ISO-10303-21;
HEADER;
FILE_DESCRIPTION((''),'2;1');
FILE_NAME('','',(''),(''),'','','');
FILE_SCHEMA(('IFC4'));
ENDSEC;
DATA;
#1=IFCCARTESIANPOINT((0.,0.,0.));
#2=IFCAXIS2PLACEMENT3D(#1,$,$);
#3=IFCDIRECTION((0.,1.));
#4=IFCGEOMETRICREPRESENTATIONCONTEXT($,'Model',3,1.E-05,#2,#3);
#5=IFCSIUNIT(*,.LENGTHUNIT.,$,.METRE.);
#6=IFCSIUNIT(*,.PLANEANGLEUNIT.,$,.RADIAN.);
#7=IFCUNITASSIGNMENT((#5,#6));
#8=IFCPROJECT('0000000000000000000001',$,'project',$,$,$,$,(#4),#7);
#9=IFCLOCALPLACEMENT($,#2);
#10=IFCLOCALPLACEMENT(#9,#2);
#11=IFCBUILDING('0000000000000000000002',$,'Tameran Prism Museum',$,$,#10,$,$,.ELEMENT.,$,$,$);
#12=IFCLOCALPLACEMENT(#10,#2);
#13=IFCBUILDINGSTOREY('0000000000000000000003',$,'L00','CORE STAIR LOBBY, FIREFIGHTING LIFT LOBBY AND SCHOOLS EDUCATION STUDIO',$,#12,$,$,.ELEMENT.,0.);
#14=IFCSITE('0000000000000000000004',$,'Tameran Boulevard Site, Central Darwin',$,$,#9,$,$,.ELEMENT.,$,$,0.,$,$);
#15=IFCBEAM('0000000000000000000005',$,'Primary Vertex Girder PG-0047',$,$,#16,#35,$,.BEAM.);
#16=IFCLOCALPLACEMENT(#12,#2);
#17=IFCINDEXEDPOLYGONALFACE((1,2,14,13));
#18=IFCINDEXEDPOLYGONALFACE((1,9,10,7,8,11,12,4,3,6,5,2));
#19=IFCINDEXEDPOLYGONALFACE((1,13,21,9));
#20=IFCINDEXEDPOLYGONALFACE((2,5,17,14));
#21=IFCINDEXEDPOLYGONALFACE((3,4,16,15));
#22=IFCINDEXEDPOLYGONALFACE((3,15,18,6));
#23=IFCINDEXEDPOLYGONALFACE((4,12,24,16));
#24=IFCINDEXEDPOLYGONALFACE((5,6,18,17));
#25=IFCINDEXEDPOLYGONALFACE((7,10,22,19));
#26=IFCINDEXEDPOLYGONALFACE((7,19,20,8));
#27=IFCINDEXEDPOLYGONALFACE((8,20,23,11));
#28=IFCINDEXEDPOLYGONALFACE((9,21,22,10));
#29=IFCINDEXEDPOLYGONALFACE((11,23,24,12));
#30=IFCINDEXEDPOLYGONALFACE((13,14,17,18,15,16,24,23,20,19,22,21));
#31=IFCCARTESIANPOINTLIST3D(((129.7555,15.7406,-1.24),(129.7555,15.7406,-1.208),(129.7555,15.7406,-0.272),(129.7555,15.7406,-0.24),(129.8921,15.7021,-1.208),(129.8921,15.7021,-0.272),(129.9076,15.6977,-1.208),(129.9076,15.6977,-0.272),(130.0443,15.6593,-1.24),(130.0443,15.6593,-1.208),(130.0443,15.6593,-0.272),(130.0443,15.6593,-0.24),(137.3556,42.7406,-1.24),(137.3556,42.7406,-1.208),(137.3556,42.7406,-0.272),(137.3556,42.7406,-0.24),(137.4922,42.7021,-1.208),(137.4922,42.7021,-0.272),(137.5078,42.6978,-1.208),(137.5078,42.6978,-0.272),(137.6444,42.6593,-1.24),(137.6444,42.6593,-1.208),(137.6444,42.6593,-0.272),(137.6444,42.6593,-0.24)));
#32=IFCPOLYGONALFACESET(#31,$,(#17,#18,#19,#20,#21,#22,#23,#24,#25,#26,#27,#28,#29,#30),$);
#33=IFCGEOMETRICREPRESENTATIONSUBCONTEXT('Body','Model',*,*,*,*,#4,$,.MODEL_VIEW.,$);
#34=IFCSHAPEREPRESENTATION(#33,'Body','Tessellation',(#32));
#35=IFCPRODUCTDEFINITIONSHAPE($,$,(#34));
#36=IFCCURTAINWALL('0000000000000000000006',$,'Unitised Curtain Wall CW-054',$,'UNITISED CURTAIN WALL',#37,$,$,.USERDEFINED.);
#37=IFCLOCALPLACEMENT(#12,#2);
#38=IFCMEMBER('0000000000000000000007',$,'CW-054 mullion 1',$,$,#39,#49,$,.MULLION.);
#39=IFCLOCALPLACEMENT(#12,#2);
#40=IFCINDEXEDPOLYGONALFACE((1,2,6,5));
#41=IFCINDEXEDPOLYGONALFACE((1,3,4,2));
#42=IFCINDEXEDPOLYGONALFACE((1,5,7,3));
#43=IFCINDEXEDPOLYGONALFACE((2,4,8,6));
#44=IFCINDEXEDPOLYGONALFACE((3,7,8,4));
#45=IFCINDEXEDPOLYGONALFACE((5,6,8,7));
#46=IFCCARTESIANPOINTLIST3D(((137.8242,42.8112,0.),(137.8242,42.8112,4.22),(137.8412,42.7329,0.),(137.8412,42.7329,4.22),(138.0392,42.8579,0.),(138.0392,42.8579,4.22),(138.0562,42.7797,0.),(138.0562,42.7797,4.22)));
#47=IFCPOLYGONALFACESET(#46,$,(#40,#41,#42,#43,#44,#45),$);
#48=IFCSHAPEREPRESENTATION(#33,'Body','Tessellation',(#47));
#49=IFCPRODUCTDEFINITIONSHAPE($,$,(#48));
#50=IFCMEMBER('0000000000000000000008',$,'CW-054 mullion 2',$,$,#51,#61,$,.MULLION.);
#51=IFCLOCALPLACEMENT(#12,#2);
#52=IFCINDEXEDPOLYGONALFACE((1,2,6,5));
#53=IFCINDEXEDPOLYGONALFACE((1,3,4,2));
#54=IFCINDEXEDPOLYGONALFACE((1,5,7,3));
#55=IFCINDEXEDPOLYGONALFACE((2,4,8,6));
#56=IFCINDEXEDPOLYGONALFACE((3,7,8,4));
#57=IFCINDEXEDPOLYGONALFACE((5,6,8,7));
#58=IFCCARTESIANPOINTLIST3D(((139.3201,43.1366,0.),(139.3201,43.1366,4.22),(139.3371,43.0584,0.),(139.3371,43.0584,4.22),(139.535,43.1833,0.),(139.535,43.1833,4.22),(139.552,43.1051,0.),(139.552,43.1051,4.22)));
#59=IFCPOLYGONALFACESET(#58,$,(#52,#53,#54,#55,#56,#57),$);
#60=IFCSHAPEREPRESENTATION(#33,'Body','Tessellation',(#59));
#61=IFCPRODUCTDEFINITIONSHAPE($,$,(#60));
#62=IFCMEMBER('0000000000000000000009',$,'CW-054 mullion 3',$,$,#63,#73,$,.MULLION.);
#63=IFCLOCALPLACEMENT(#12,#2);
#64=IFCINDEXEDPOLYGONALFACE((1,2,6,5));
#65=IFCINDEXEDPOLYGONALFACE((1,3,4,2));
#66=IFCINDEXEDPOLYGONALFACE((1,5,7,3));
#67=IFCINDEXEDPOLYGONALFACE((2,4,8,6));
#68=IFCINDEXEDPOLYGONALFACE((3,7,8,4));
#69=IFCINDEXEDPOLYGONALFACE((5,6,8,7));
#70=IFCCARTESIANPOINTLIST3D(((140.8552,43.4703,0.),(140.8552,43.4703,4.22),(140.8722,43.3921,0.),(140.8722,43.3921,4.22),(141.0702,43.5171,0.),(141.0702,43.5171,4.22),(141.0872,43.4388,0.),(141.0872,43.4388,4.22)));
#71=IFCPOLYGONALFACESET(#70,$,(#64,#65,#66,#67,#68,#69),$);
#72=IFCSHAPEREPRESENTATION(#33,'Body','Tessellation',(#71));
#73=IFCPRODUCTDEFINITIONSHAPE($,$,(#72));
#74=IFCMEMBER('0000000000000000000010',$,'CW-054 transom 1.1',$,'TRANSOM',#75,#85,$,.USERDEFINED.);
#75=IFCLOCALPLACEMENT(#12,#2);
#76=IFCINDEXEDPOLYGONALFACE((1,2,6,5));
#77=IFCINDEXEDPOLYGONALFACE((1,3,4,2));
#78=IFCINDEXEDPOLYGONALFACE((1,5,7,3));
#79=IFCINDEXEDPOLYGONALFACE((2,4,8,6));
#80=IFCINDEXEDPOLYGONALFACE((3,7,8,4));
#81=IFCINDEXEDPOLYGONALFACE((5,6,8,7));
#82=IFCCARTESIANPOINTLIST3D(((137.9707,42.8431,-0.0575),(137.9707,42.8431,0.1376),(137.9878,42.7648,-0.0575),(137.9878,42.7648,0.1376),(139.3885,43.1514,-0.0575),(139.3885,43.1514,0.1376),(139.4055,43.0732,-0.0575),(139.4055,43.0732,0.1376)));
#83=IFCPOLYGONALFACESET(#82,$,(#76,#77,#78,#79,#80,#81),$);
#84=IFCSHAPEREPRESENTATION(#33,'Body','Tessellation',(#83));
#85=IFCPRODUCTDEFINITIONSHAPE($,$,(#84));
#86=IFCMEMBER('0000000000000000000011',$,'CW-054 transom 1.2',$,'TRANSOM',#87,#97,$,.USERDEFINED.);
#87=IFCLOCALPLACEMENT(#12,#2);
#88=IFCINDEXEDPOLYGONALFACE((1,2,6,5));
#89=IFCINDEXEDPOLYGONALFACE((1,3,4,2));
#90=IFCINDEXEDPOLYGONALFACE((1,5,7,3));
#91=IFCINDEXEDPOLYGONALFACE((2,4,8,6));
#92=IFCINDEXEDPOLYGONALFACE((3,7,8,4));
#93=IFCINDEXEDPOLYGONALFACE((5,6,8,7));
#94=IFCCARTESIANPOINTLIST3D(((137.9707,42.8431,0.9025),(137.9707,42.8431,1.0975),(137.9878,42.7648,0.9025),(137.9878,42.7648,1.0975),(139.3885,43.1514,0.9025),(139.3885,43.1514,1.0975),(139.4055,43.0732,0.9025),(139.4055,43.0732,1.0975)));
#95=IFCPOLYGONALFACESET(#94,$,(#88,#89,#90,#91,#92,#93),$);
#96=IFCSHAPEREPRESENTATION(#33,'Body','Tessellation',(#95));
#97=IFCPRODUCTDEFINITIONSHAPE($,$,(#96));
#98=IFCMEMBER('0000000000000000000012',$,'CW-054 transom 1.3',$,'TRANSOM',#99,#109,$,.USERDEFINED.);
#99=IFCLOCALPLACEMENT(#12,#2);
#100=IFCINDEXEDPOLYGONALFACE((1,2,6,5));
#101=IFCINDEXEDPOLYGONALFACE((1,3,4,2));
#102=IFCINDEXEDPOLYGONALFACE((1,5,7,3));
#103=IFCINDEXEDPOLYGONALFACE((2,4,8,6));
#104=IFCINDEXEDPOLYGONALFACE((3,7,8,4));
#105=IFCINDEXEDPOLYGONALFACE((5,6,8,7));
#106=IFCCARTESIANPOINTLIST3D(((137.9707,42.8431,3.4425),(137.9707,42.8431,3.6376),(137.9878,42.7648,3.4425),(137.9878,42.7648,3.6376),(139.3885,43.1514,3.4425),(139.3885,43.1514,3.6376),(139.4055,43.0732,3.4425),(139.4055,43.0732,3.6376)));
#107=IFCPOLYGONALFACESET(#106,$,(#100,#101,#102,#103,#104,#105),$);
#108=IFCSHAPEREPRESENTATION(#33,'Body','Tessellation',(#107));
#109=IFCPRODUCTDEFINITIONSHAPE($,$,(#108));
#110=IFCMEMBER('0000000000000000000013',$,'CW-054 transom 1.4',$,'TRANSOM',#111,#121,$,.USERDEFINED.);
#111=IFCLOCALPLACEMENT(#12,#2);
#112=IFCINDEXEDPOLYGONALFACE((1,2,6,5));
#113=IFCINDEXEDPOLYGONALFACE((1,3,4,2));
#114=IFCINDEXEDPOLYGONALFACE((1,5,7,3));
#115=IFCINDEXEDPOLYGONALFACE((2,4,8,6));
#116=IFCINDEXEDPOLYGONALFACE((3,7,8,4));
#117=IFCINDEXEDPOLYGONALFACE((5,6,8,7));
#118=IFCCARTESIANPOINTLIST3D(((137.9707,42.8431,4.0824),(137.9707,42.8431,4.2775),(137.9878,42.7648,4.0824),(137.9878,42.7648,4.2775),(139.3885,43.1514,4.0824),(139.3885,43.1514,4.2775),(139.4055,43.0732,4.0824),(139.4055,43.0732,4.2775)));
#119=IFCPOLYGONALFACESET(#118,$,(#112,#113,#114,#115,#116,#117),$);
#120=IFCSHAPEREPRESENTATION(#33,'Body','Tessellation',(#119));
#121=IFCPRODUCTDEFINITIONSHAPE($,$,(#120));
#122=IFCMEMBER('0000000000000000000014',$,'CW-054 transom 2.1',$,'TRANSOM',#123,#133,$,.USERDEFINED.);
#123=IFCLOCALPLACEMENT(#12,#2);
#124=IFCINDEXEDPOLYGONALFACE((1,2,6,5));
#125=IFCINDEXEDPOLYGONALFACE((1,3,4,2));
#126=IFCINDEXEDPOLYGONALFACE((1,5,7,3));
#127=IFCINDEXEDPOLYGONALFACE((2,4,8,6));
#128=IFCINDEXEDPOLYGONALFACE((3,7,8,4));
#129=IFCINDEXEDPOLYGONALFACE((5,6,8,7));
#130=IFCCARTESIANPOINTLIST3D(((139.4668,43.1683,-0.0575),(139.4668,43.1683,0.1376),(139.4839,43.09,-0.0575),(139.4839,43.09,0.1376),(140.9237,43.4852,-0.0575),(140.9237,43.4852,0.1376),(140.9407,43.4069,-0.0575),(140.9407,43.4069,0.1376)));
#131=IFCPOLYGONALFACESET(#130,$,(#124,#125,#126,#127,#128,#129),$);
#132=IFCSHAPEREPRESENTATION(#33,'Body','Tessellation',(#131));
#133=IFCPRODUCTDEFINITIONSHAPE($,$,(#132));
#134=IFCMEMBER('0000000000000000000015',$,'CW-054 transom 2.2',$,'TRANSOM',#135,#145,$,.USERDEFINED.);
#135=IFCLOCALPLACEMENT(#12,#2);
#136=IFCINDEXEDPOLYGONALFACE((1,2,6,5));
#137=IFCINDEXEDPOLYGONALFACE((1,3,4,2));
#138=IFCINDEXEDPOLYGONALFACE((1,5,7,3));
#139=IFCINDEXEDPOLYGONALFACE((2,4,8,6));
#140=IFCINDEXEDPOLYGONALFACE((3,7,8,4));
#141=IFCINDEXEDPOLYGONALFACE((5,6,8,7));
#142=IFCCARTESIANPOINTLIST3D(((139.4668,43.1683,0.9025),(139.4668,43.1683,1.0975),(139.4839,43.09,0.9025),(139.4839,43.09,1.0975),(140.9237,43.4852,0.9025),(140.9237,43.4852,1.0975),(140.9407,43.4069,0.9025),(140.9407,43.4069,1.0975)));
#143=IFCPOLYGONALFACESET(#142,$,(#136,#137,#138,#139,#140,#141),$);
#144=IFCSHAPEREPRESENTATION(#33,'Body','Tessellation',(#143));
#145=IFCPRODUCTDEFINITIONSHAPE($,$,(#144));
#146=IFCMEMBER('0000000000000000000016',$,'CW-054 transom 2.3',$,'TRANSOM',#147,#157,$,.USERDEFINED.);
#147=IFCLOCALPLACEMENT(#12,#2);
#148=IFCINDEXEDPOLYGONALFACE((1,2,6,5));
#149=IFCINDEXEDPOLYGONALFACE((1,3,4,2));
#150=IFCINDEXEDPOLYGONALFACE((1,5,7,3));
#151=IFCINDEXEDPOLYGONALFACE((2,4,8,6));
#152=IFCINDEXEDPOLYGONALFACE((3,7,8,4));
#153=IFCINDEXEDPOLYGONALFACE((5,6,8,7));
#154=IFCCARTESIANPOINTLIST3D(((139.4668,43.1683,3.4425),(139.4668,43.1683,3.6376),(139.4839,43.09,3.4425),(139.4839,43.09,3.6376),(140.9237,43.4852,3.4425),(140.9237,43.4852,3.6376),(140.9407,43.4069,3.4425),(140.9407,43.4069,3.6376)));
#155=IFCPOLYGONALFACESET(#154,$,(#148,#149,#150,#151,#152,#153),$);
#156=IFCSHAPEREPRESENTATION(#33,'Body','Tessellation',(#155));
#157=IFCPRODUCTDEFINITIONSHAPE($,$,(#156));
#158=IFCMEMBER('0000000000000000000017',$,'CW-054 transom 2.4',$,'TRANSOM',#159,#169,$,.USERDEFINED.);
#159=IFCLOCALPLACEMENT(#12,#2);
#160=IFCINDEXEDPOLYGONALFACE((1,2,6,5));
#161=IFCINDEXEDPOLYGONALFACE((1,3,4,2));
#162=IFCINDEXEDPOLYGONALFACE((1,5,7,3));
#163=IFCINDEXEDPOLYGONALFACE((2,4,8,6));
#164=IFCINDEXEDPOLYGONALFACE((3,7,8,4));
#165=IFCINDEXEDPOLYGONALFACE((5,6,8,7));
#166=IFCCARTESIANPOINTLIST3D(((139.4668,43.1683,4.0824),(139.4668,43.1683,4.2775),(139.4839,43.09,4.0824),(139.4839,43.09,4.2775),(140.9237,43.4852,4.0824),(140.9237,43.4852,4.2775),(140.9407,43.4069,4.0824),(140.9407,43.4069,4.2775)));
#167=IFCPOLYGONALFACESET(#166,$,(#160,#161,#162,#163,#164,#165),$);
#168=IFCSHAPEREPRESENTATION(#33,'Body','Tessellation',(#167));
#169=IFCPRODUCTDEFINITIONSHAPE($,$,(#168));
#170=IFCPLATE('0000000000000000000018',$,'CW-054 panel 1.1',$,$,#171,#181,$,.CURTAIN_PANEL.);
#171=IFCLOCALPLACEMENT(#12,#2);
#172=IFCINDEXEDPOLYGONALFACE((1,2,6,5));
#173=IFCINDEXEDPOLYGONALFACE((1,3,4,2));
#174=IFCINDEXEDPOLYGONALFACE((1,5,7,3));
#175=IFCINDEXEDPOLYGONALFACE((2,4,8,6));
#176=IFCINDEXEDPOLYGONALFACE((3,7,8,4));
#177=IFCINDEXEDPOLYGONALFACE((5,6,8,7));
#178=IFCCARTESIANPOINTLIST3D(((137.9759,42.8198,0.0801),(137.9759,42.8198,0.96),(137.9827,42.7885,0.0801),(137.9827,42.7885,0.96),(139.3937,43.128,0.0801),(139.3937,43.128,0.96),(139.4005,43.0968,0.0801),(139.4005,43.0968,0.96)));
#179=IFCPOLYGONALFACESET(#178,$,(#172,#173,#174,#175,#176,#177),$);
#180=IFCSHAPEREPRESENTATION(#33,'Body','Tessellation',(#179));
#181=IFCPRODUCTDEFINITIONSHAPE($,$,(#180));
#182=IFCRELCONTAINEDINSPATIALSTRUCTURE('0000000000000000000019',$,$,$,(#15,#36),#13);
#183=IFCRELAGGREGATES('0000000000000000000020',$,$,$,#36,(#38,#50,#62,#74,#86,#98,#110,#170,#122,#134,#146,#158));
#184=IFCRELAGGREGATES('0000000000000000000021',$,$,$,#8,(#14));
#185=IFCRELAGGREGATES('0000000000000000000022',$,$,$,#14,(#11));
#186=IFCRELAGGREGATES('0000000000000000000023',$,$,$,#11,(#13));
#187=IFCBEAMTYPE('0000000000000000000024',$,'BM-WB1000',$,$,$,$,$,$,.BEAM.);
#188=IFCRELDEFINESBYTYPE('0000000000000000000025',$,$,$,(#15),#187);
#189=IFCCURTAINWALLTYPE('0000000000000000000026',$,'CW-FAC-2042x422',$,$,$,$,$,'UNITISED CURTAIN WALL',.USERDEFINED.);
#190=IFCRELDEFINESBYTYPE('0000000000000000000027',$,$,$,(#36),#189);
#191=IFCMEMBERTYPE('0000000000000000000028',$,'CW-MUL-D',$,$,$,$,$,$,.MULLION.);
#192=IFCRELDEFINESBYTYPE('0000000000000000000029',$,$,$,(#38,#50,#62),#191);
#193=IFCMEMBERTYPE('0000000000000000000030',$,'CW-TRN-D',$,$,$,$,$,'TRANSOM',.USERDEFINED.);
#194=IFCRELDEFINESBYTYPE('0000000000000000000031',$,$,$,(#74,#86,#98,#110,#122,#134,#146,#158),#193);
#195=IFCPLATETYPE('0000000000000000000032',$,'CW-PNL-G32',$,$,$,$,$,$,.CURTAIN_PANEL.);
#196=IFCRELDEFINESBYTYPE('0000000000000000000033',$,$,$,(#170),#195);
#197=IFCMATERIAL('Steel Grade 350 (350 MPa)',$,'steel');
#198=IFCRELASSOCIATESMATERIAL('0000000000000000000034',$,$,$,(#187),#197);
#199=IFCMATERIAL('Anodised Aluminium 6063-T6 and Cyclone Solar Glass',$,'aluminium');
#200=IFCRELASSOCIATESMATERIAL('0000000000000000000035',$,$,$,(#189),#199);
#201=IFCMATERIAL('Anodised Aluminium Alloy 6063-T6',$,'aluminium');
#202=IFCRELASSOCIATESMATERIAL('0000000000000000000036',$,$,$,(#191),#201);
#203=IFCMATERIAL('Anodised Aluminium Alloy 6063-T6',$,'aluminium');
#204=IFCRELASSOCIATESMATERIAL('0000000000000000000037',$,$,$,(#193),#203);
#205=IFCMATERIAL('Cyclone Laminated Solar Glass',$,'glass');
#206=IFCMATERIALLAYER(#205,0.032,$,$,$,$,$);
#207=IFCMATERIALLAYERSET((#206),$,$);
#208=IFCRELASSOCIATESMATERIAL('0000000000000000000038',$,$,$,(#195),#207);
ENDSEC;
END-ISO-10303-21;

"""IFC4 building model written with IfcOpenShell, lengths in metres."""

from ifc_helpers import new_model, si_unit, direction, frame, origin, origin_2d, place, context, subcontext, project, spatial, rectangle, i_section, extrude, material, layer, layer_set, material_profile, profile_set, type_object, element, aggregate, save


model = new_model("IFC4")

# Units and contexts
model_context = context("Model", 3, precision=1e-05, world=origin(), true_north=direction((0.0, 1.0)))
body_context = subcontext(model_context, "Body", "Model", "MODEL_VIEW")
ifc_project = project(units=[si_unit("LENGTHUNIT", "METRE"), si_unit("PLANEANGLEUNIT", "RADIAN")], contexts=[model_context])

# Site, building, storey
site_placement = place(None, origin())
site = spatial("IfcSite", under=ifc_project, at=site_placement, Name="Tameran Boulevard Site, Central Darwin", CompositionType="ELEMENT", RefElevation=0.0)
building_placement = place(site_placement, origin())
building = spatial("IfcBuilding", under=site, at=building_placement, Name="Tameran Prism Museum", CompositionType="ELEMENT")
storey_placement = place(building_placement, origin())
storey = spatial("IfcBuildingStorey", under=building, at=storey_placement, Name="L00", Description="CORE STAIR LOBBY, FIREFIGHTING LIFT LOBBY AND SCHOOLS EDUCATION STUDIO", CompositionType="ELEMENT", Elevation=0.0)

# Beam
ifc_material_1 = material(Name="Steel Grade 350 (350 MPa)", Category="steel")
ifc_material_profile_1 = material_profile(ifc_material_1, i_section(OverallWidth=0.3, OverallDepth=1.0, WebThickness=0.0161, FlangeThickness=0.032, at=origin_2d()))
ifc_profile_set_1 = profile_set([ifc_material_profile_1])
beam_type_1 = type_object("IfcBeamType", Name="BM-WB1000", PredefinedType="BEAM", material=ifc_profile_set_1)
beam_1_placement = place(storey_placement, frame((137.5, 42.7, -0.74), z_axis=(-0.270955, -0.962592, 0.0), x_axis=(0.962592, -0.270955, 0.0)))
element("IfcBeam", 1, at=beam_1_placement, inside=storey, type_object=beam_type_1, Name="Primary Vertex Girder PG-0047", PredefinedType="BEAM", context=body_context, shape_type="SweptSolid", body=[
    extrude(i_section(OverallWidth=0.3, OverallDepth=1.0, WebThickness=0.0161, FlangeThickness=0.032, at=origin_2d()), origin(), (0.0, 0.0, 1.0), 28.0493),
])

# Curtain wall, members, plate
ifc_material_2 = material(Name="Anodised Aluminium 6063-T6 and Cyclone Solar Glass", Category="aluminium")
curtain_wall_type = type_object("IfcCurtainWallType", Name="CW-FAC-2042x422", ElementType="UNITISED CURTAIN WALL", PredefinedType="USERDEFINED", material=ifc_material_2)
curtain_wall_placement = place(storey_placement, origin())
curtain_wall = element("IfcCurtainWall", 2, at=curtain_wall_placement, inside=storey, type_object=curtain_wall_type, Name="Unitised Curtain Wall CW-054", ObjectType="UNITISED CURTAIN WALL", PredefinedType="USERDEFINED")
ifc_material_3 = material(Name="Anodised Aluminium Alloy 6063-T6", Category="aluminium")
ifc_material_profile_2 = material_profile(ifc_material_3, rectangle(XDim=0.0801, YDim=0.22, at=origin_2d()))
ifc_profile_set_2 = profile_set([ifc_material_profile_2])
member_type_1 = type_object("IfcMemberType", Name="CW-MUL-D", PredefinedType="MULLION", material=ifc_profile_set_2)
member_1_placement = place(storey_placement, frame((137.9402, 42.7954, 0.0), z_axis=(0.0, 0.0, 1.0), x_axis=(-0.212454, 0.977171, 0.0)))
member_1 = element("IfcMember", 3, at=member_1_placement, type_object=member_type_1, Name="CW-054 mullion 1", PredefinedType="MULLION", context=body_context, shape_type="SweptSolid", body=[
    extrude(rectangle(XDim=0.0801, YDim=0.22, at=origin_2d()), origin(), (0.0, 0.0, 1.0), 4.22),
])
member_2_placement = place(storey_placement, frame((139.436, 43.1208, 0.0), z_axis=(0.0, 0.0, 1.0), x_axis=(-0.212454, 0.977171, 0.0)))
member_2 = element("IfcMember", 4, at=member_2_placement, type_object=member_type_1, Name="CW-054 mullion 2", PredefinedType="MULLION", context=body_context, shape_type="SweptSolid", body=[
    extrude(rectangle(XDim=0.0801, YDim=0.22, at=origin_2d()), origin(), (0.0, 0.0, 1.0), 4.22),
])
member_3_placement = place(storey_placement, frame((140.9712, 43.4546, 0.0), z_axis=(0.0, 0.0, 1.0), x_axis=(-0.212454, 0.977171, 0.0)))
member_3 = element("IfcMember", 5, at=member_3_placement, type_object=member_type_1, Name="CW-054 mullion 3", PredefinedType="MULLION", context=body_context, shape_type="SweptSolid", body=[
    extrude(rectangle(XDim=0.0801, YDim=0.22, at=origin_2d()), origin(), (0.0, 0.0, 1.0), 4.22),
])
ifc_material_4 = material(Name="Anodised Aluminium Alloy 6063-T6", Category="aluminium")
ifc_material_profile_3 = material_profile(ifc_material_4, rectangle(XDim=0.0801, YDim=0.1951, at=origin_2d()))
ifc_profile_set_3 = profile_set([ifc_material_profile_3])
member_type_2 = type_object("IfcMemberType", Name="CW-TRN-D", ElementType="TRANSOM", PredefinedType="USERDEFINED", material=ifc_profile_set_3)
member_4_placement = place(storey_placement, frame((137.9792, 42.804, 0.04), z_axis=(0.977155, 0.212527, 0.0), x_axis=(-0.212527, 0.977155, 0.0)))
member_4 = element("IfcMember", 6, at=member_4_placement, type_object=member_type_2, Name="CW-054 transom 1.1", ObjectType="TRANSOM", PredefinedType="USERDEFINED", context=body_context, shape_type="SweptSolid", body=[
    extrude(rectangle(XDim=0.0801, YDim=0.1951, at=origin_2d()), origin(), (0.0, 0.0, 1.0), 1.4509),
])
member_5_placement = place(storey_placement, frame((137.9792, 42.804, 1.0), z_axis=(0.977155, 0.212527, 0.0), x_axis=(-0.212527, 0.977155, 0.0)))
member_5 = element("IfcMember", 7, at=member_5_placement, type_object=member_type_2, Name="CW-054 transom 1.2", ObjectType="TRANSOM", PredefinedType="USERDEFINED", context=body_context, shape_type="SweptSolid", body=[
    extrude(rectangle(XDim=0.0801, YDim=0.1951, at=origin_2d()), origin(), (0.0, 0.0, 1.0), 1.4509),
])
member_6_placement = place(storey_placement, frame((137.9792, 42.804, 3.54), z_axis=(0.977155, 0.212527, 0.0), x_axis=(-0.212527, 0.977155, 0.0)))
member_6 = element("IfcMember", 8, at=member_6_placement, type_object=member_type_2, Name="CW-054 transom 1.3", ObjectType="TRANSOM", PredefinedType="USERDEFINED", context=body_context, shape_type="SweptSolid", body=[
    extrude(rectangle(XDim=0.0801, YDim=0.1951, at=origin_2d()), origin(), (0.0, 0.0, 1.0), 1.4509),
])
member_7_placement = place(storey_placement, frame((137.9792, 42.804, 4.1799), z_axis=(0.977155, 0.212527, 0.0), x_axis=(-0.212527, 0.977155, 0.0)))
member_7 = element("IfcMember", 9, at=member_7_placement, type_object=member_type_2, Name="CW-054 transom 1.4", ObjectType="TRANSOM", PredefinedType="USERDEFINED", context=body_context, shape_type="SweptSolid", body=[
    extrude(rectangle(XDim=0.0801, YDim=0.1951, at=origin_2d()), origin(), (0.0, 0.0, 1.0), 1.4509),
])
member_8_placement = place(storey_placement, frame((139.4753, 43.1292, 0.04), z_axis=(0.977148, 0.212559, 0.0), x_axis=(-0.212559, 0.977148, 0.0)))
member_8 = element("IfcMember", 10, at=member_8_placement, type_object=member_type_2, Name="CW-054 transom 2.1", ObjectType="TRANSOM", PredefinedType="USERDEFINED", context=body_context, shape_type="SweptSolid", body=[
    extrude(rectangle(XDim=0.0801, YDim=0.1951, at=origin_2d()), origin(), (0.0, 0.0, 1.0), 1.491),
])
member_9_placement = place(storey_placement, frame((139.4753, 43.1292, 1.0), z_axis=(0.977148, 0.212559, 0.0), x_axis=(-0.212559, 0.977148, 0.0)))
member_9 = element("IfcMember", 11, at=member_9_placement, type_object=member_type_2, Name="CW-054 transom 2.2", ObjectType="TRANSOM", PredefinedType="USERDEFINED", context=body_context, shape_type="SweptSolid", body=[
    extrude(rectangle(XDim=0.0801, YDim=0.1951, at=origin_2d()), origin(), (0.0, 0.0, 1.0), 1.491),
])
member_10_placement = place(storey_placement, frame((139.4753, 43.1292, 3.54), z_axis=(0.977148, 0.212559, 0.0), x_axis=(-0.212559, 0.977148, 0.0)))
member_10 = element("IfcMember", 12, at=member_10_placement, type_object=member_type_2, Name="CW-054 transom 2.3", ObjectType="TRANSOM", PredefinedType="USERDEFINED", context=body_context, shape_type="SweptSolid", body=[
    extrude(rectangle(XDim=0.0801, YDim=0.1951, at=origin_2d()), origin(), (0.0, 0.0, 1.0), 1.491),
])
member_11_placement = place(storey_placement, frame((139.4753, 43.1292, 4.1799), z_axis=(0.977148, 0.212559, 0.0), x_axis=(-0.212559, 0.977148, 0.0)))
member_11 = element("IfcMember", 13, at=member_11_placement, type_object=member_type_2, Name="CW-054 transom 2.4", ObjectType="TRANSOM", PredefinedType="USERDEFINED", context=body_context, shape_type="SweptSolid", body=[
    extrude(rectangle(XDim=0.0801, YDim=0.1951, at=origin_2d()), origin(), (0.0, 0.0, 1.0), 1.491),
])
ifc_material_5 = material(Name="Cyclone Laminated Solar Glass", Category="glass")
ifc_layer_1 = layer(ifc_material_5, 0.032)
ifc_layer_set_1 = layer_set([ifc_layer_1])
plate_type = type_object("IfcPlateType", Name="CW-PNL-G32", PredefinedType="CURTAIN_PANEL", material=ifc_layer_set_1)
plate_1_placement = place(storey_placement, frame((138.6882, 42.9583, 0.0801), z_axis=(0.0, 0.0, 1.0), x_axis=(0.977171, 0.212454, 0.0)))
plate_1 = element("IfcPlate", 14, at=plate_1_placement, type_object=plate_type, Name="CW-054 panel 1.1", PredefinedType="CURTAIN_PANEL", context=body_context, shape_type="SweptSolid", body=[
    extrude(rectangle(XDim=1.4509, YDim=0.032, at=origin_2d()), origin(), (0.0, 0.0, 1.0), 0.8799),
])
aggregate(curtain_wall, [member_1, member_2, member_3, member_4, member_5, member_6, member_7, plate_1, member_8, member_9, member_10, member_11])

save(model, "model.ifc")
